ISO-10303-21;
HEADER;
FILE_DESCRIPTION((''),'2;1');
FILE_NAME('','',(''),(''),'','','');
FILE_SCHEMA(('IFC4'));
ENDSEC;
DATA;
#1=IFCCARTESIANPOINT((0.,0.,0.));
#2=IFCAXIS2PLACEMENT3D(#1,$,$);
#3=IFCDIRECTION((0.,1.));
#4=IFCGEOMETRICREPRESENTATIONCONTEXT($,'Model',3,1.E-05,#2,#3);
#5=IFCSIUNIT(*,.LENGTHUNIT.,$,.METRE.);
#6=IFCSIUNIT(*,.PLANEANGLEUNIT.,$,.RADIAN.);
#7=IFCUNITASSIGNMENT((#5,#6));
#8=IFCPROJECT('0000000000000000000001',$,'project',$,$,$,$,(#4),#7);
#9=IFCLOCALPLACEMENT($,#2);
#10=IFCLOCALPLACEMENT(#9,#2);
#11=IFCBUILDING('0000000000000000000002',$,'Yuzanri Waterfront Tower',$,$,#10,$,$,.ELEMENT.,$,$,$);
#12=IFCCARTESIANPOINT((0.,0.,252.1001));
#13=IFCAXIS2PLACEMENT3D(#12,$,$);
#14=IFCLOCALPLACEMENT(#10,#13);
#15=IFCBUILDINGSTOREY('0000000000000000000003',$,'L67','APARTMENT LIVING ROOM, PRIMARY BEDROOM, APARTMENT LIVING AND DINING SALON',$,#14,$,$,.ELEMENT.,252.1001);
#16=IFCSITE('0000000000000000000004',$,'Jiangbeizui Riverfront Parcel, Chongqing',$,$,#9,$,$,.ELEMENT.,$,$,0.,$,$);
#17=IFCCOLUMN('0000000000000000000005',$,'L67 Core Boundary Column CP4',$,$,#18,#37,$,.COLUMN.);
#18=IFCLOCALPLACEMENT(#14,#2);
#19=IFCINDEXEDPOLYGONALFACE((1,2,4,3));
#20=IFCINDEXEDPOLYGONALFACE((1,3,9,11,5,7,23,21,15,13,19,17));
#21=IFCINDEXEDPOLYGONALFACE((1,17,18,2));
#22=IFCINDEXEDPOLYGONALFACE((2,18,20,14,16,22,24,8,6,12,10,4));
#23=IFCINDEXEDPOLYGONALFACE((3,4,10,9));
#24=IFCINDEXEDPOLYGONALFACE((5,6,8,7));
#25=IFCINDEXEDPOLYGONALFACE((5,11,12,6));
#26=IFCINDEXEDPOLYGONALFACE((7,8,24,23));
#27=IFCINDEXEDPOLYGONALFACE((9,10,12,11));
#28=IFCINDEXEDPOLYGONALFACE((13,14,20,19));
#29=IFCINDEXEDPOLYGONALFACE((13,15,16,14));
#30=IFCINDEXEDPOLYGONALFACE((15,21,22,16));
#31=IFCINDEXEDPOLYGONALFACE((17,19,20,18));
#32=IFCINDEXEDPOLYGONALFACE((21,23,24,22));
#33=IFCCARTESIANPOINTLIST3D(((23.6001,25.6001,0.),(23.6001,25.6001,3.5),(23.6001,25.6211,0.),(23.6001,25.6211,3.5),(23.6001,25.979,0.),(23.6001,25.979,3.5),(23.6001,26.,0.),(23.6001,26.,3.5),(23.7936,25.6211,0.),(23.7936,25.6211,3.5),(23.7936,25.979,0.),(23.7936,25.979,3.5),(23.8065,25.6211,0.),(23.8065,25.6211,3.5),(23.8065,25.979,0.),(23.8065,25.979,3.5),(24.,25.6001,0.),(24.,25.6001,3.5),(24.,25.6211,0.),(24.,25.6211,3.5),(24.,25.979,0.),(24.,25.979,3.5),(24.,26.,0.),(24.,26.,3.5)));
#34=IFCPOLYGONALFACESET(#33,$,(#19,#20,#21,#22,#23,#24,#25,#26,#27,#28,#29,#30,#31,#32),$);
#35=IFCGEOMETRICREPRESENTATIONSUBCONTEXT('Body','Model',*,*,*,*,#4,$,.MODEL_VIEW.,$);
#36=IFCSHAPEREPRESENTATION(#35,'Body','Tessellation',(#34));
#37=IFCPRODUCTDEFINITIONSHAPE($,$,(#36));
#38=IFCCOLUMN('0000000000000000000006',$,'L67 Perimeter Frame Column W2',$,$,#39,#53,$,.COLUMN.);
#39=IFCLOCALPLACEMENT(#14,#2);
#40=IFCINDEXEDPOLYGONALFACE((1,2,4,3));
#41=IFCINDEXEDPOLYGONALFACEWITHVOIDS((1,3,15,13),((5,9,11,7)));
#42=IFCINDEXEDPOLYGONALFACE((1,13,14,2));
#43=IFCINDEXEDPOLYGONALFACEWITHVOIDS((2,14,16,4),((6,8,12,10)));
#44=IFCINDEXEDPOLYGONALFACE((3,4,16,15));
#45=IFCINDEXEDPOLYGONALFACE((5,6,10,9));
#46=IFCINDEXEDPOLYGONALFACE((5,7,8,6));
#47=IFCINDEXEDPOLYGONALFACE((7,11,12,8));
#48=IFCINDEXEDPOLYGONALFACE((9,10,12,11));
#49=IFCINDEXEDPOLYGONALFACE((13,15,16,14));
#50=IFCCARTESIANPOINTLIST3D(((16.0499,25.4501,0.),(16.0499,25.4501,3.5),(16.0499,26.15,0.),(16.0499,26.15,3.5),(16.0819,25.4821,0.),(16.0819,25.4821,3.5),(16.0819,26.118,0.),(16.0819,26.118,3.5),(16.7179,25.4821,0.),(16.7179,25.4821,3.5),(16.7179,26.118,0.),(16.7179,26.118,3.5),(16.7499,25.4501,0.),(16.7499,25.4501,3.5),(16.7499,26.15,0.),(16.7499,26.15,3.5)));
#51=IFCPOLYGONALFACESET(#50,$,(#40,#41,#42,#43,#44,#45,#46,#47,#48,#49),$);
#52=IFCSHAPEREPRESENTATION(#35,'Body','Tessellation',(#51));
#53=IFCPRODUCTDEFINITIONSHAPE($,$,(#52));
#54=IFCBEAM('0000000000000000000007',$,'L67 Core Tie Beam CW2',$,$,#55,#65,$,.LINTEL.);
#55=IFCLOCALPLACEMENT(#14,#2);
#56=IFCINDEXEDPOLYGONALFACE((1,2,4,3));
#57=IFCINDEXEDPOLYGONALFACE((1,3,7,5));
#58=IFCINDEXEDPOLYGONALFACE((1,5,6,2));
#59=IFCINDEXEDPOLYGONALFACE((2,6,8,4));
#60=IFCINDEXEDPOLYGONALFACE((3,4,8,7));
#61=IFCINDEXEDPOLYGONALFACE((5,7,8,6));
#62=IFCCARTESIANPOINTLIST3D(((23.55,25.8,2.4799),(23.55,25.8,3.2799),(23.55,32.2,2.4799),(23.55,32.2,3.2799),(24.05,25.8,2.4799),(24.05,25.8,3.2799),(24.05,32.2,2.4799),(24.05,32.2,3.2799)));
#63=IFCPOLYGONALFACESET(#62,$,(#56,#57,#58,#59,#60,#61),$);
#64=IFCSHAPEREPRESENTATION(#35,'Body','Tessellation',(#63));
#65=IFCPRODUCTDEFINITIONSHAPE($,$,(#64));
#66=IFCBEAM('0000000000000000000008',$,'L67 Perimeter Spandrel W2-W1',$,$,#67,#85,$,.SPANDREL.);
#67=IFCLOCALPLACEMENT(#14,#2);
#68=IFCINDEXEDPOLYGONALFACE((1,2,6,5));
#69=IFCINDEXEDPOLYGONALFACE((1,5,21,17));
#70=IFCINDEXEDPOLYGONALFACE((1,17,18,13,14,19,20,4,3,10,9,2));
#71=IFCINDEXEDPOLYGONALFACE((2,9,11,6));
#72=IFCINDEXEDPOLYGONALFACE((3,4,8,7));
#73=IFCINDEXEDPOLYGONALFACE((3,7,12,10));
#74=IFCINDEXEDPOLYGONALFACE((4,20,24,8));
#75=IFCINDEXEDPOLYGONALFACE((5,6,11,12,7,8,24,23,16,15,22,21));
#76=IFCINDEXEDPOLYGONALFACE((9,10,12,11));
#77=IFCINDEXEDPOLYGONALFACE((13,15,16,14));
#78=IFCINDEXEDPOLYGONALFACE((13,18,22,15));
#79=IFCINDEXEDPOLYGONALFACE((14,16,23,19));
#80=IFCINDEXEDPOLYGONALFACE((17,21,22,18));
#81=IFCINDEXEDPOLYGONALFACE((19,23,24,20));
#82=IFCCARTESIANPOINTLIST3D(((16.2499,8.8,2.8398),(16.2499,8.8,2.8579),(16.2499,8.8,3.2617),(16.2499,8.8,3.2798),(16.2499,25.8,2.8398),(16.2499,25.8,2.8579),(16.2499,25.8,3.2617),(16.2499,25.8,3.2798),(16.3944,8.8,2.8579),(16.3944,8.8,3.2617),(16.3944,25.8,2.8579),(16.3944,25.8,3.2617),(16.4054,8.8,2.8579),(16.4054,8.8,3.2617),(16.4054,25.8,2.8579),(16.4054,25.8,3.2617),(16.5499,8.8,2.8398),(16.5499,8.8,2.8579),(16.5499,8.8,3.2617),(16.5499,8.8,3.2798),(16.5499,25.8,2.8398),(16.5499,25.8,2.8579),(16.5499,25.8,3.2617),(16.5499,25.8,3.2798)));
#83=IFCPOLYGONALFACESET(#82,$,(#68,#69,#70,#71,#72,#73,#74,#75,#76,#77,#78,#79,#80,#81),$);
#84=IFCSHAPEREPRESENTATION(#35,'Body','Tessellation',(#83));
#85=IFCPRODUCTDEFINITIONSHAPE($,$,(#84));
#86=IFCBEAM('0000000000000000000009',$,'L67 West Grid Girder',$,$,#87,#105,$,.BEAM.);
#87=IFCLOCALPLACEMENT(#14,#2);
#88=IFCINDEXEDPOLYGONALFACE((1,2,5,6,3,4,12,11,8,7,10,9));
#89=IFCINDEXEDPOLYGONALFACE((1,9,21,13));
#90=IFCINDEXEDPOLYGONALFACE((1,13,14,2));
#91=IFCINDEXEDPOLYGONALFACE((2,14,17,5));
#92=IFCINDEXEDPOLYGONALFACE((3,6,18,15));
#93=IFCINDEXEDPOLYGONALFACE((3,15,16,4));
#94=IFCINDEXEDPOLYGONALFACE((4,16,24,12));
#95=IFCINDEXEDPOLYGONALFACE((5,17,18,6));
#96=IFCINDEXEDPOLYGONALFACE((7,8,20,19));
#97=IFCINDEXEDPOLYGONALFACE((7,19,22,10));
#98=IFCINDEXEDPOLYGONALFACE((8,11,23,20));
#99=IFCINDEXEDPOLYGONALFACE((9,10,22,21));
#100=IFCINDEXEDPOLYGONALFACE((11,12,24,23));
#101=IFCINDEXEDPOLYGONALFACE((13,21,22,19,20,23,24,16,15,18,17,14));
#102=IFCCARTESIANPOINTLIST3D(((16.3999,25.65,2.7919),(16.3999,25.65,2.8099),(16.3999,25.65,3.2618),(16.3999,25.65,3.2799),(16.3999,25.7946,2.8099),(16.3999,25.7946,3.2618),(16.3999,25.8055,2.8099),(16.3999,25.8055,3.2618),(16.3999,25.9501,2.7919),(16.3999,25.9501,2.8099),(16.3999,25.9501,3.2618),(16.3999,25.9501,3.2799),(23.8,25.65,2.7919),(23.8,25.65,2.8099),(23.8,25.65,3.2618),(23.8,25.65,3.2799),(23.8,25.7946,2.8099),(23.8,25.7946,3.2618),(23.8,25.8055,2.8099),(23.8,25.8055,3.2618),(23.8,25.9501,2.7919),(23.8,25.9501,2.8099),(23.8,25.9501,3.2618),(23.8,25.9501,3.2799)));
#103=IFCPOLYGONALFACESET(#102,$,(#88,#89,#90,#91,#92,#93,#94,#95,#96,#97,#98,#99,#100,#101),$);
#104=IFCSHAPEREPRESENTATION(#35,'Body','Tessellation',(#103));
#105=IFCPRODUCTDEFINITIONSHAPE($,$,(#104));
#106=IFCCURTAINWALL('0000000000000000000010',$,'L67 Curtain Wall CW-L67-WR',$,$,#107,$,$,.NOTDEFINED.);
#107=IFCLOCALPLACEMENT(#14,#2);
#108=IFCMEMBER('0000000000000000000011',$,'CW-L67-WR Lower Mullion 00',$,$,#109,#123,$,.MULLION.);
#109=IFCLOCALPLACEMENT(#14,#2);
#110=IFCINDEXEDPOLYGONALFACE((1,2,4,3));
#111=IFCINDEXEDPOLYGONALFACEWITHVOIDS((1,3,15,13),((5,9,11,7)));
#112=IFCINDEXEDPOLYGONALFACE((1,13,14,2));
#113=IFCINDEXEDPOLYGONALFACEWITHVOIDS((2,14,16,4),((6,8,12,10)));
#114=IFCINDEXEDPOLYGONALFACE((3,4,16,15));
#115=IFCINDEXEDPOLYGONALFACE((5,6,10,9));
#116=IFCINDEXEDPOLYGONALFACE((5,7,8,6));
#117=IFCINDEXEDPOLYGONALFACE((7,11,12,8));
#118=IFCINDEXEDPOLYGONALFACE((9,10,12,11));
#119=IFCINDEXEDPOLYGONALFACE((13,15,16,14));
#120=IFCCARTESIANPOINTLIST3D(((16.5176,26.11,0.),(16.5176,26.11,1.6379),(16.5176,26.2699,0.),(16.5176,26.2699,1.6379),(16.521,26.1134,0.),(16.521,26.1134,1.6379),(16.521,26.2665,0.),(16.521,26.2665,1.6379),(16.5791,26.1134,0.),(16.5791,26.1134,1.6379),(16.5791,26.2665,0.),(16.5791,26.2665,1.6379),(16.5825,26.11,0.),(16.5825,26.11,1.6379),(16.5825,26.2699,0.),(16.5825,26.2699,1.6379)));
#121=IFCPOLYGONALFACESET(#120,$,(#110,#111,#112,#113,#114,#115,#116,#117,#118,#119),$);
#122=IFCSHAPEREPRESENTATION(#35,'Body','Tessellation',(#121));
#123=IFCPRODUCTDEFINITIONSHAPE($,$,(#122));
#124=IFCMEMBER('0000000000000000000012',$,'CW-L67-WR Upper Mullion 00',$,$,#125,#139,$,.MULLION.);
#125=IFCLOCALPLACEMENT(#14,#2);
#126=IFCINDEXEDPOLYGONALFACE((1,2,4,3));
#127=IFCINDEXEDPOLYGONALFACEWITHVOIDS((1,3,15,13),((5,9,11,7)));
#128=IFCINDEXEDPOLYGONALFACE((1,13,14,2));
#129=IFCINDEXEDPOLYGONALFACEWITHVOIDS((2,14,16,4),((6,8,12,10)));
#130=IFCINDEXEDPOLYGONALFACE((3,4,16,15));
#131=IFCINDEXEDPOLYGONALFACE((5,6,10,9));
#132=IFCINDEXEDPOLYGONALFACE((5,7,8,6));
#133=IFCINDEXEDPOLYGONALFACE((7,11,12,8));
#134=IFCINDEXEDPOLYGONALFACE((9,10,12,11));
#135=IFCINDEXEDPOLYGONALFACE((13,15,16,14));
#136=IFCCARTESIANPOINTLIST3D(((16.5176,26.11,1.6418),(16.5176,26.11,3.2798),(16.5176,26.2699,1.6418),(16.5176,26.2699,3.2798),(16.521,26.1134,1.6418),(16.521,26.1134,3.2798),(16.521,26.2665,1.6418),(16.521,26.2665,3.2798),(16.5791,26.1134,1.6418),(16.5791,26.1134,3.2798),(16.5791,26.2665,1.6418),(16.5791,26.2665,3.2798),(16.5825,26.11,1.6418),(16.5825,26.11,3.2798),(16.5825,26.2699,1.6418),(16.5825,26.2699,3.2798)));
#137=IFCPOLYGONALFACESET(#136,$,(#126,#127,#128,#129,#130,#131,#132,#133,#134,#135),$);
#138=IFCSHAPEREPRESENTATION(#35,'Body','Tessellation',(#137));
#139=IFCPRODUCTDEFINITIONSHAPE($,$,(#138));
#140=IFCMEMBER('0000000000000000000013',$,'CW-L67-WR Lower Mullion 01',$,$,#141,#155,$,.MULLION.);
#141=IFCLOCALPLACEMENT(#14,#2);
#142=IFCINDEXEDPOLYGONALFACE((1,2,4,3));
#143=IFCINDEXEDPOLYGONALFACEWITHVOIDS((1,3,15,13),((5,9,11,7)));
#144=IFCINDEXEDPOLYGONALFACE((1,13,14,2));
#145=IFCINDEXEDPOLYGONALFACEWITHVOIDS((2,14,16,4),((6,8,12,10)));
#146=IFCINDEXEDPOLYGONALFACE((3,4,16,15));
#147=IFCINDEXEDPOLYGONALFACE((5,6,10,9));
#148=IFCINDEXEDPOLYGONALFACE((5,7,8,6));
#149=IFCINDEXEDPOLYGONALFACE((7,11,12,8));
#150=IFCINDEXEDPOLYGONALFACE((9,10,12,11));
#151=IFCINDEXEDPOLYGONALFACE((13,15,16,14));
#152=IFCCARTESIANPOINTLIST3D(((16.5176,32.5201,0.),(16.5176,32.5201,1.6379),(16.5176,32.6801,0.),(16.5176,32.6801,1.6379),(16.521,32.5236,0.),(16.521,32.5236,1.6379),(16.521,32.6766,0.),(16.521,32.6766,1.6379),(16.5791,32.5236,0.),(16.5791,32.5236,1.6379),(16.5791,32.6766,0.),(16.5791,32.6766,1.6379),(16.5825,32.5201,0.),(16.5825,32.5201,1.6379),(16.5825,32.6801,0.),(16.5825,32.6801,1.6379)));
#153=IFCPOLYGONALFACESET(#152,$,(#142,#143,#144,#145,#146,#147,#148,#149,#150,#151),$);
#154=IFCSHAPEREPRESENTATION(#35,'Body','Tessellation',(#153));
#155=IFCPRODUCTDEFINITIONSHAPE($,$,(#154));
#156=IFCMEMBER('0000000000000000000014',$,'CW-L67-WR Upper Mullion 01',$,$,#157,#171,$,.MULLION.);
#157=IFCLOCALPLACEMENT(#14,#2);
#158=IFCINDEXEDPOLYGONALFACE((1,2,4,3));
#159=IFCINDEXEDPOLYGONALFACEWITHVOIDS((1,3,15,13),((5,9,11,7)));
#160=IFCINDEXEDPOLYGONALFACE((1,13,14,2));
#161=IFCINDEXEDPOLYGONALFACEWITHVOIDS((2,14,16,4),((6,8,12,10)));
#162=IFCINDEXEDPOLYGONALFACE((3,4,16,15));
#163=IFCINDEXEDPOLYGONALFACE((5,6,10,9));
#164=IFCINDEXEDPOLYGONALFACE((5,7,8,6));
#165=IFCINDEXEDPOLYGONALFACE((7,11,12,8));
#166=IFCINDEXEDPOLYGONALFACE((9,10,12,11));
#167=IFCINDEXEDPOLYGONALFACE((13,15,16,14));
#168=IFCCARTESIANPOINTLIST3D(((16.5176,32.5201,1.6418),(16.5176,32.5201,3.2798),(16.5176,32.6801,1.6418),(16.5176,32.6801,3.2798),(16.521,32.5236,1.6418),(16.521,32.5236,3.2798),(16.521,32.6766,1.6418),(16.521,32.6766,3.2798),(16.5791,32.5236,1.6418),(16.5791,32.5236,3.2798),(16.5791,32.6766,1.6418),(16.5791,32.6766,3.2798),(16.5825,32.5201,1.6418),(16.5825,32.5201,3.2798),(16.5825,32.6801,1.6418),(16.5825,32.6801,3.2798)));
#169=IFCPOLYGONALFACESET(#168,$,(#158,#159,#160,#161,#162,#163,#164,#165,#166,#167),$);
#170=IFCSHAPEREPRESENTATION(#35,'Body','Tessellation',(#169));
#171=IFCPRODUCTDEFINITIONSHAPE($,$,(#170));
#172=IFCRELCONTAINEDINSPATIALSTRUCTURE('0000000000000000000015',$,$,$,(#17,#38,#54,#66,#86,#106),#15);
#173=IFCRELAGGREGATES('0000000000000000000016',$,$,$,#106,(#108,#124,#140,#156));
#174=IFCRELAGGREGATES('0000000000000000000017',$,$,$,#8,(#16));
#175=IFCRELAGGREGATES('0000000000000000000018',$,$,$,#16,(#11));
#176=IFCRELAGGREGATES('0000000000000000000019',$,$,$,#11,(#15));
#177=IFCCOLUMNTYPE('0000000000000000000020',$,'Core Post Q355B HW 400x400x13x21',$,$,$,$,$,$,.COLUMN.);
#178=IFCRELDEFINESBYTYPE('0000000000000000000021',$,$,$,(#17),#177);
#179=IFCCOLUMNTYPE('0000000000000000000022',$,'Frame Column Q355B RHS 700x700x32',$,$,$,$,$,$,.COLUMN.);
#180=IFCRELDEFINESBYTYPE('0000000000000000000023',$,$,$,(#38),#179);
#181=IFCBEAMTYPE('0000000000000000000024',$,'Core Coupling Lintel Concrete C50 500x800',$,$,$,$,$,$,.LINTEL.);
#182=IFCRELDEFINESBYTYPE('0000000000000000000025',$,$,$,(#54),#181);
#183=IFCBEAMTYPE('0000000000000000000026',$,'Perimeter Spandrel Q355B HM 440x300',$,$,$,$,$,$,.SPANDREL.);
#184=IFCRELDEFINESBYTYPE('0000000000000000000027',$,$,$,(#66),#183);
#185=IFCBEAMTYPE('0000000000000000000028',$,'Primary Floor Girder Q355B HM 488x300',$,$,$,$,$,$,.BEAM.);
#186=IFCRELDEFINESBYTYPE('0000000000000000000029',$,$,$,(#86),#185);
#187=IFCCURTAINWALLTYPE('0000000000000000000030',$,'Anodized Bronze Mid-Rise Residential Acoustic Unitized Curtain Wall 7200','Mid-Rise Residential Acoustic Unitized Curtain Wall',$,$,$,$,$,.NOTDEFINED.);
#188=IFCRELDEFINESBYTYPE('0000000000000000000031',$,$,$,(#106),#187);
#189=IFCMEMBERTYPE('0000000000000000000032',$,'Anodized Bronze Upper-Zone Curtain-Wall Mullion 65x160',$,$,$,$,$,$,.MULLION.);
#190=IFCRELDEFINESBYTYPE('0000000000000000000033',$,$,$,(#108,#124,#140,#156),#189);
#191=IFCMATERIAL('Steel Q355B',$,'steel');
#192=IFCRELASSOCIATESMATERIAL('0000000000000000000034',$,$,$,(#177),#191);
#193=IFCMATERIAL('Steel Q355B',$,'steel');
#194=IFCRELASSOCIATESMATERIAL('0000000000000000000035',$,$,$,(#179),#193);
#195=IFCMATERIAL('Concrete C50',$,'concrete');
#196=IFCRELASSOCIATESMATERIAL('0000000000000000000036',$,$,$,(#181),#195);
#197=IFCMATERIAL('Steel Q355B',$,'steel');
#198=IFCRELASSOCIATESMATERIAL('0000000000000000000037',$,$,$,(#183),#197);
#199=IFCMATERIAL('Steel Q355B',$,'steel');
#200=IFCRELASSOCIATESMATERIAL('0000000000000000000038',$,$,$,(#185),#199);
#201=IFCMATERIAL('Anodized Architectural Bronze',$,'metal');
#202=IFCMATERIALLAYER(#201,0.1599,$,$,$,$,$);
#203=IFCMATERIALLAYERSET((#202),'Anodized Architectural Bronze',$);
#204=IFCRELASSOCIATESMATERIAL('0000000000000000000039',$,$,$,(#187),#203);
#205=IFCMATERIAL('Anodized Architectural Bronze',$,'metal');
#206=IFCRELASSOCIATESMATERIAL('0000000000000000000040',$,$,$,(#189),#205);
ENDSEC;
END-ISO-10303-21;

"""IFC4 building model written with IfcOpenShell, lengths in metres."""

from ifc_helpers import new_model, si_unit, direction, frame, origin, origin_2d, place, context, subcontext, project, spatial, rectangle, hollow_rectangle, i_section, extrude, source, transform, mapped, material, layer, layer_set, material_profile, profile_set, type_object, element, aggregate, save


model = new_model("IFC4")

# Units and contexts
model_context = context("Model", 3, precision=1e-05, world=origin(), true_north=direction((0.0, 1.0)))
body_context = subcontext(model_context, "Body", "Model", "MODEL_VIEW")
ifc_project = project(units=[si_unit("LENGTHUNIT", "METRE"), si_unit("PLANEANGLEUNIT", "RADIAN")], contexts=[model_context])

# Site, building, storey
site_placement = place(None, origin())
site = spatial("IfcSite", under=ifc_project, at=site_placement, Name="Jiangbeizui Riverfront Parcel, Chongqing", CompositionType="ELEMENT", RefElevation=0.0)
building_placement = place(site_placement, origin())
building = spatial("IfcBuilding", under=site, at=building_placement, Name="Yuzanri Waterfront Tower", CompositionType="ELEMENT")
storey_placement = place(building_placement, frame((0.0, 0.0, 252.1001)))
storey = spatial("IfcBuildingStorey", under=building, at=storey_placement, Name="L67", Description="APARTMENT LIVING ROOM, PRIMARY BEDROOM, APARTMENT LIVING AND DINING SALON", CompositionType="ELEMENT", Elevation=252.1001)

# Columns
ifc_material_1 = material(Name="Steel Q355B", Category="steel")
ifc_material_profile_1 = material_profile(ifc_material_1, i_section(OverallWidth=0.3999, OverallDepth=0.3999, WebThickness=0.0129, FlangeThickness=0.021, at=origin_2d()), Name="HW 400x400x13x21")
ifc_profile_set_1 = profile_set([ifc_material_profile_1], Name="Steel Q355B")
column_type_1 = type_object("IfcColumnType", Name="Core Post Q355B HW 400x400x13x21", PredefinedType="COLUMN", material=ifc_profile_set_1)
shared_shape_1 = source(origin(), body_context, "Body", "SweptSolid", [
    extrude(i_section(OverallWidth=0.3999, OverallDepth=0.3999, WebThickness=0.0129, FlangeThickness=0.021, at=origin_2d()), origin(), (0.0, 0.0, 1.0), 3.5),
])
column_1_placement = place(storey_placement, frame((23.8, 25.8, 0.0), z_axis=(0.0, 0.0, 1.0), x_axis=(1.0, 0.0, 0.0)))
element("IfcColumn", 1, at=column_1_placement, inside=storey, type_object=column_type_1, Name="L67 Core Boundary Column CP4", PredefinedType="COLUMN", context=body_context, shape_type="MappedRepresentation", body=[
    mapped(shared_shape_1, transform((0.0, 0.0, 0.0), scale=1.0)),
])
ifc_material_2 = material(Name="Steel Q355B", Category="steel")
ifc_material_profile_2 = material_profile(ifc_material_2, hollow_rectangle(XDim=0.7, YDim=0.7, WallThickness=0.032, at=origin_2d()), Name="RHS 700x700x32")
ifc_profile_set_2 = profile_set([ifc_material_profile_2], Name="Steel Q355B")
column_type_2 = type_object("IfcColumnType", Name="Frame Column Q355B RHS 700x700x32", PredefinedType="COLUMN", material=ifc_profile_set_2)
shared_shape_2 = source(origin(), body_context, "Body", "SweptSolid", [
    extrude(hollow_rectangle(XDim=0.7, YDim=0.7, WallThickness=0.032, at=origin_2d()), origin(), (0.0, 0.0, 1.0), 3.5),
])
column_2_placement = place(storey_placement, frame((16.3999, 25.8, 0.0), z_axis=(0.0, 0.0, 1.0), x_axis=(1.0, 0.0, 0.0)))
element("IfcColumn", 2, at=column_2_placement, inside=storey, type_object=column_type_2, Name="L67 Perimeter Frame Column W2", PredefinedType="COLUMN", context=body_context, shape_type="MappedRepresentation", body=[
    mapped(shared_shape_2, transform((0.0, 0.0, 0.0), scale=1.0)),
])

# Beams
ifc_material_3 = material(Name="Concrete C50", Category="concrete")
ifc_material_profile_3 = material_profile(ifc_material_3, rectangle(XDim=0.5, YDim=0.8, at=origin_2d()), Name="RC 500x800")
ifc_profile_set_3 = profile_set([ifc_material_profile_3], Name="Concrete C50")
beam_type_1 = type_object("IfcBeamType", Name="Core Coupling Lintel Concrete C50 500x800", PredefinedType="LINTEL", material=ifc_profile_set_3)
shared_shape_3 = source(origin(), body_context, "Body", "SweptSolid", [
    extrude(rectangle(XDim=0.5, YDim=0.8, at=origin_2d()), origin(), (0.0, 0.0, 1.0), 6.3999),
])
beam_1_placement = place(storey_placement, frame((23.8, 25.8, 2.8799), z_axis=(0.0, 1.0, 0.0), x_axis=(-1.0, 0.0, 0.0)))
element("IfcBeam", 3, at=beam_1_placement, inside=storey, type_object=beam_type_1, Name="L67 Core Tie Beam CW2", PredefinedType="LINTEL", context=body_context, shape_type="MappedRepresentation", body=[
    mapped(shared_shape_3, transform((0.0, 0.0, 0.0), scale=1.0)),
])
ifc_material_4 = material(Name="Steel Q355B", Category="steel")
ifc_material_profile_4 = material_profile(ifc_material_4, i_section(OverallWidth=0.3, OverallDepth=0.4399, WebThickness=0.011, FlangeThickness=0.0181, at=origin_2d()), Name="HM 440x300x11x18")
ifc_profile_set_4 = profile_set([ifc_material_profile_4], Name="Steel Q355B")
beam_type_2 = type_object("IfcBeamType", Name="Perimeter Spandrel Q355B HM 440x300", PredefinedType="SPANDREL", material=ifc_profile_set_4)
shared_shape_4 = source(origin(), body_context, "Body", "SweptSolid", [
    extrude(i_section(OverallWidth=0.3, OverallDepth=0.4399, WebThickness=0.011, FlangeThickness=0.0181, at=origin_2d()), origin(), (0.0, 0.0, 1.0), 17.0),
])
beam_2_placement = place(storey_placement, frame((16.3999, 25.8, 3.0598), z_axis=(0.0, -1.0, 0.0), x_axis=(1.0, 0.0, 0.0)))
element("IfcBeam", 4, at=beam_2_placement, inside=storey, type_object=beam_type_2, Name="L67 Perimeter Spandrel W2-W1", PredefinedType="SPANDREL", context=body_context, shape_type="MappedRepresentation", body=[
    mapped(shared_shape_4, transform((0.0, 0.0, 0.0), scale=1.0)),
])
ifc_material_5 = material(Name="Steel Q355B", Category="steel")
ifc_material_profile_5 = material_profile(ifc_material_5, i_section(OverallWidth=0.3, OverallDepth=0.488, WebThickness=0.011, FlangeThickness=0.0181, at=origin_2d()), Name="HM 488x300x11x18")
ifc_profile_set_5 = profile_set([ifc_material_profile_5], Name="Steel Q355B")
beam_type_3 = type_object("IfcBeamType", Name="Primary Floor Girder Q355B HM 488x300", PredefinedType="BEAM", material=ifc_profile_set_5)
shared_shape_5 = source(origin(), body_context, "Body", "SweptSolid", [
    extrude(i_section(OverallWidth=0.3, OverallDepth=0.488, WebThickness=0.011, FlangeThickness=0.0181, at=origin_2d()), origin(), (0.0, 0.0, 1.0), 7.4001),
])
beam_3_placement = place(storey_placement, frame((23.8, 25.8, 3.0359), z_axis=(-1.0, 0.0, 0.0), x_axis=(0.0, -1.0, 0.0)))
element("IfcBeam", 5, at=beam_3_placement, inside=storey, type_object=beam_type_3, Name="L67 West Grid Girder", PredefinedType="BEAM", context=body_context, shape_type="MappedRepresentation", body=[
    mapped(shared_shape_5, transform((0.0, 0.0, 0.0), scale=1.0)),
])

# Curtain wall, members
ifc_material_6 = material(Name="Anodized Architectural Bronze", Category="metal")
ifc_layer_1 = layer(ifc_material_6, 0.1599)
ifc_layer_set_1 = layer_set([ifc_layer_1], Name="Anodized Architectural Bronze")
curtain_wall_type = type_object("IfcCurtainWallType", Name="Anodized Bronze Mid-Rise Residential Acoustic Unitized Curtain Wall 7200", Description="Mid-Rise Residential Acoustic Unitized Curtain Wall", PredefinedType="NOTDEFINED", material=ifc_layer_set_1)
curtain_wall_placement = place(storey_placement, origin())
curtain_wall = element("IfcCurtainWall", 6, at=curtain_wall_placement, inside=storey, type_object=curtain_wall_type, Name="L67 Curtain Wall CW-L67-WR", PredefinedType="NOTDEFINED")
ifc_material_7 = material(Name="Anodized Architectural Bronze", Category="metal")
ifc_material_profile_6 = material_profile(ifc_material_7, hollow_rectangle(XDim=0.0649, YDim=0.1599, WallThickness=0.0034, at=origin_2d()), Name="CWM 65x160")
ifc_profile_set_6 = profile_set([ifc_material_profile_6], Name="Anodized Architectural Bronze")
member_type_1 = type_object("IfcMemberType", Name="Anodized Bronze Upper-Zone Curtain-Wall Mullion 65x160", PredefinedType="MULLION", material=ifc_profile_set_6)
shared_shape_6 = source(origin(), body_context, "Body", "SweptSolid", [
    extrude(hollow_rectangle(XDim=0.0649, YDim=0.1599, WallThickness=0.0034, at=origin_2d()), origin(), (0.0, 0.0, 1.0), 1.6379),
])
member_1_placement = place(storey_placement, frame((16.55, 26.1899, 0.0), z_axis=(0.0, 0.0, 1.0), x_axis=(1.0, 0.0, 0.0)))
member_1 = element("IfcMember", 7, at=member_1_placement, type_object=member_type_1, Name="CW-L67-WR Lower Mullion 00", PredefinedType="MULLION", context=body_context, shape_type="MappedRepresentation", body=[
    mapped(shared_shape_6, transform((0.0, 0.0, 0.0), scale=1.0)),
])
member_2_placement = place(storey_placement, frame((16.55, 26.1899, 1.6418), z_axis=(0.0, 0.0, 1.0), x_axis=(1.0, 0.0, 0.0)))
member_2 = element("IfcMember", 8, at=member_2_placement, type_object=member_type_1, Name="CW-L67-WR Upper Mullion 00", PredefinedType="MULLION", context=body_context, shape_type="MappedRepresentation", body=[
    mapped(shared_shape_6, transform((0.0, 0.0, 0.0), scale=1.0)),
])
member_3_placement = place(storey_placement, frame((16.55, 32.6001, 0.0), z_axis=(0.0, 0.0, 1.0), x_axis=(1.0, 0.0, 0.0)))
member_3 = element("IfcMember", 9, at=member_3_placement, type_object=member_type_1, Name="CW-L67-WR Lower Mullion 01", PredefinedType="MULLION", context=body_context, shape_type="MappedRepresentation", body=[
    mapped(shared_shape_6, transform((0.0, 0.0, 0.0), scale=1.0)),
])
member_4_placement = place(storey_placement, frame((16.55, 32.6001, 1.6418), z_axis=(0.0, 0.0, 1.0), x_axis=(1.0, 0.0, 0.0)))
member_4 = element("IfcMember", 10, at=member_4_placement, type_object=member_type_1, Name="CW-L67-WR Upper Mullion 01", PredefinedType="MULLION", context=body_context, shape_type="MappedRepresentation", body=[
    mapped(shared_shape_6, transform((0.0, 0.0, 0.0), scale=1.0)),
])
aggregate(curtain_wall, [member_1, member_2, member_3, member_4])

save(model, "model.ifc")
